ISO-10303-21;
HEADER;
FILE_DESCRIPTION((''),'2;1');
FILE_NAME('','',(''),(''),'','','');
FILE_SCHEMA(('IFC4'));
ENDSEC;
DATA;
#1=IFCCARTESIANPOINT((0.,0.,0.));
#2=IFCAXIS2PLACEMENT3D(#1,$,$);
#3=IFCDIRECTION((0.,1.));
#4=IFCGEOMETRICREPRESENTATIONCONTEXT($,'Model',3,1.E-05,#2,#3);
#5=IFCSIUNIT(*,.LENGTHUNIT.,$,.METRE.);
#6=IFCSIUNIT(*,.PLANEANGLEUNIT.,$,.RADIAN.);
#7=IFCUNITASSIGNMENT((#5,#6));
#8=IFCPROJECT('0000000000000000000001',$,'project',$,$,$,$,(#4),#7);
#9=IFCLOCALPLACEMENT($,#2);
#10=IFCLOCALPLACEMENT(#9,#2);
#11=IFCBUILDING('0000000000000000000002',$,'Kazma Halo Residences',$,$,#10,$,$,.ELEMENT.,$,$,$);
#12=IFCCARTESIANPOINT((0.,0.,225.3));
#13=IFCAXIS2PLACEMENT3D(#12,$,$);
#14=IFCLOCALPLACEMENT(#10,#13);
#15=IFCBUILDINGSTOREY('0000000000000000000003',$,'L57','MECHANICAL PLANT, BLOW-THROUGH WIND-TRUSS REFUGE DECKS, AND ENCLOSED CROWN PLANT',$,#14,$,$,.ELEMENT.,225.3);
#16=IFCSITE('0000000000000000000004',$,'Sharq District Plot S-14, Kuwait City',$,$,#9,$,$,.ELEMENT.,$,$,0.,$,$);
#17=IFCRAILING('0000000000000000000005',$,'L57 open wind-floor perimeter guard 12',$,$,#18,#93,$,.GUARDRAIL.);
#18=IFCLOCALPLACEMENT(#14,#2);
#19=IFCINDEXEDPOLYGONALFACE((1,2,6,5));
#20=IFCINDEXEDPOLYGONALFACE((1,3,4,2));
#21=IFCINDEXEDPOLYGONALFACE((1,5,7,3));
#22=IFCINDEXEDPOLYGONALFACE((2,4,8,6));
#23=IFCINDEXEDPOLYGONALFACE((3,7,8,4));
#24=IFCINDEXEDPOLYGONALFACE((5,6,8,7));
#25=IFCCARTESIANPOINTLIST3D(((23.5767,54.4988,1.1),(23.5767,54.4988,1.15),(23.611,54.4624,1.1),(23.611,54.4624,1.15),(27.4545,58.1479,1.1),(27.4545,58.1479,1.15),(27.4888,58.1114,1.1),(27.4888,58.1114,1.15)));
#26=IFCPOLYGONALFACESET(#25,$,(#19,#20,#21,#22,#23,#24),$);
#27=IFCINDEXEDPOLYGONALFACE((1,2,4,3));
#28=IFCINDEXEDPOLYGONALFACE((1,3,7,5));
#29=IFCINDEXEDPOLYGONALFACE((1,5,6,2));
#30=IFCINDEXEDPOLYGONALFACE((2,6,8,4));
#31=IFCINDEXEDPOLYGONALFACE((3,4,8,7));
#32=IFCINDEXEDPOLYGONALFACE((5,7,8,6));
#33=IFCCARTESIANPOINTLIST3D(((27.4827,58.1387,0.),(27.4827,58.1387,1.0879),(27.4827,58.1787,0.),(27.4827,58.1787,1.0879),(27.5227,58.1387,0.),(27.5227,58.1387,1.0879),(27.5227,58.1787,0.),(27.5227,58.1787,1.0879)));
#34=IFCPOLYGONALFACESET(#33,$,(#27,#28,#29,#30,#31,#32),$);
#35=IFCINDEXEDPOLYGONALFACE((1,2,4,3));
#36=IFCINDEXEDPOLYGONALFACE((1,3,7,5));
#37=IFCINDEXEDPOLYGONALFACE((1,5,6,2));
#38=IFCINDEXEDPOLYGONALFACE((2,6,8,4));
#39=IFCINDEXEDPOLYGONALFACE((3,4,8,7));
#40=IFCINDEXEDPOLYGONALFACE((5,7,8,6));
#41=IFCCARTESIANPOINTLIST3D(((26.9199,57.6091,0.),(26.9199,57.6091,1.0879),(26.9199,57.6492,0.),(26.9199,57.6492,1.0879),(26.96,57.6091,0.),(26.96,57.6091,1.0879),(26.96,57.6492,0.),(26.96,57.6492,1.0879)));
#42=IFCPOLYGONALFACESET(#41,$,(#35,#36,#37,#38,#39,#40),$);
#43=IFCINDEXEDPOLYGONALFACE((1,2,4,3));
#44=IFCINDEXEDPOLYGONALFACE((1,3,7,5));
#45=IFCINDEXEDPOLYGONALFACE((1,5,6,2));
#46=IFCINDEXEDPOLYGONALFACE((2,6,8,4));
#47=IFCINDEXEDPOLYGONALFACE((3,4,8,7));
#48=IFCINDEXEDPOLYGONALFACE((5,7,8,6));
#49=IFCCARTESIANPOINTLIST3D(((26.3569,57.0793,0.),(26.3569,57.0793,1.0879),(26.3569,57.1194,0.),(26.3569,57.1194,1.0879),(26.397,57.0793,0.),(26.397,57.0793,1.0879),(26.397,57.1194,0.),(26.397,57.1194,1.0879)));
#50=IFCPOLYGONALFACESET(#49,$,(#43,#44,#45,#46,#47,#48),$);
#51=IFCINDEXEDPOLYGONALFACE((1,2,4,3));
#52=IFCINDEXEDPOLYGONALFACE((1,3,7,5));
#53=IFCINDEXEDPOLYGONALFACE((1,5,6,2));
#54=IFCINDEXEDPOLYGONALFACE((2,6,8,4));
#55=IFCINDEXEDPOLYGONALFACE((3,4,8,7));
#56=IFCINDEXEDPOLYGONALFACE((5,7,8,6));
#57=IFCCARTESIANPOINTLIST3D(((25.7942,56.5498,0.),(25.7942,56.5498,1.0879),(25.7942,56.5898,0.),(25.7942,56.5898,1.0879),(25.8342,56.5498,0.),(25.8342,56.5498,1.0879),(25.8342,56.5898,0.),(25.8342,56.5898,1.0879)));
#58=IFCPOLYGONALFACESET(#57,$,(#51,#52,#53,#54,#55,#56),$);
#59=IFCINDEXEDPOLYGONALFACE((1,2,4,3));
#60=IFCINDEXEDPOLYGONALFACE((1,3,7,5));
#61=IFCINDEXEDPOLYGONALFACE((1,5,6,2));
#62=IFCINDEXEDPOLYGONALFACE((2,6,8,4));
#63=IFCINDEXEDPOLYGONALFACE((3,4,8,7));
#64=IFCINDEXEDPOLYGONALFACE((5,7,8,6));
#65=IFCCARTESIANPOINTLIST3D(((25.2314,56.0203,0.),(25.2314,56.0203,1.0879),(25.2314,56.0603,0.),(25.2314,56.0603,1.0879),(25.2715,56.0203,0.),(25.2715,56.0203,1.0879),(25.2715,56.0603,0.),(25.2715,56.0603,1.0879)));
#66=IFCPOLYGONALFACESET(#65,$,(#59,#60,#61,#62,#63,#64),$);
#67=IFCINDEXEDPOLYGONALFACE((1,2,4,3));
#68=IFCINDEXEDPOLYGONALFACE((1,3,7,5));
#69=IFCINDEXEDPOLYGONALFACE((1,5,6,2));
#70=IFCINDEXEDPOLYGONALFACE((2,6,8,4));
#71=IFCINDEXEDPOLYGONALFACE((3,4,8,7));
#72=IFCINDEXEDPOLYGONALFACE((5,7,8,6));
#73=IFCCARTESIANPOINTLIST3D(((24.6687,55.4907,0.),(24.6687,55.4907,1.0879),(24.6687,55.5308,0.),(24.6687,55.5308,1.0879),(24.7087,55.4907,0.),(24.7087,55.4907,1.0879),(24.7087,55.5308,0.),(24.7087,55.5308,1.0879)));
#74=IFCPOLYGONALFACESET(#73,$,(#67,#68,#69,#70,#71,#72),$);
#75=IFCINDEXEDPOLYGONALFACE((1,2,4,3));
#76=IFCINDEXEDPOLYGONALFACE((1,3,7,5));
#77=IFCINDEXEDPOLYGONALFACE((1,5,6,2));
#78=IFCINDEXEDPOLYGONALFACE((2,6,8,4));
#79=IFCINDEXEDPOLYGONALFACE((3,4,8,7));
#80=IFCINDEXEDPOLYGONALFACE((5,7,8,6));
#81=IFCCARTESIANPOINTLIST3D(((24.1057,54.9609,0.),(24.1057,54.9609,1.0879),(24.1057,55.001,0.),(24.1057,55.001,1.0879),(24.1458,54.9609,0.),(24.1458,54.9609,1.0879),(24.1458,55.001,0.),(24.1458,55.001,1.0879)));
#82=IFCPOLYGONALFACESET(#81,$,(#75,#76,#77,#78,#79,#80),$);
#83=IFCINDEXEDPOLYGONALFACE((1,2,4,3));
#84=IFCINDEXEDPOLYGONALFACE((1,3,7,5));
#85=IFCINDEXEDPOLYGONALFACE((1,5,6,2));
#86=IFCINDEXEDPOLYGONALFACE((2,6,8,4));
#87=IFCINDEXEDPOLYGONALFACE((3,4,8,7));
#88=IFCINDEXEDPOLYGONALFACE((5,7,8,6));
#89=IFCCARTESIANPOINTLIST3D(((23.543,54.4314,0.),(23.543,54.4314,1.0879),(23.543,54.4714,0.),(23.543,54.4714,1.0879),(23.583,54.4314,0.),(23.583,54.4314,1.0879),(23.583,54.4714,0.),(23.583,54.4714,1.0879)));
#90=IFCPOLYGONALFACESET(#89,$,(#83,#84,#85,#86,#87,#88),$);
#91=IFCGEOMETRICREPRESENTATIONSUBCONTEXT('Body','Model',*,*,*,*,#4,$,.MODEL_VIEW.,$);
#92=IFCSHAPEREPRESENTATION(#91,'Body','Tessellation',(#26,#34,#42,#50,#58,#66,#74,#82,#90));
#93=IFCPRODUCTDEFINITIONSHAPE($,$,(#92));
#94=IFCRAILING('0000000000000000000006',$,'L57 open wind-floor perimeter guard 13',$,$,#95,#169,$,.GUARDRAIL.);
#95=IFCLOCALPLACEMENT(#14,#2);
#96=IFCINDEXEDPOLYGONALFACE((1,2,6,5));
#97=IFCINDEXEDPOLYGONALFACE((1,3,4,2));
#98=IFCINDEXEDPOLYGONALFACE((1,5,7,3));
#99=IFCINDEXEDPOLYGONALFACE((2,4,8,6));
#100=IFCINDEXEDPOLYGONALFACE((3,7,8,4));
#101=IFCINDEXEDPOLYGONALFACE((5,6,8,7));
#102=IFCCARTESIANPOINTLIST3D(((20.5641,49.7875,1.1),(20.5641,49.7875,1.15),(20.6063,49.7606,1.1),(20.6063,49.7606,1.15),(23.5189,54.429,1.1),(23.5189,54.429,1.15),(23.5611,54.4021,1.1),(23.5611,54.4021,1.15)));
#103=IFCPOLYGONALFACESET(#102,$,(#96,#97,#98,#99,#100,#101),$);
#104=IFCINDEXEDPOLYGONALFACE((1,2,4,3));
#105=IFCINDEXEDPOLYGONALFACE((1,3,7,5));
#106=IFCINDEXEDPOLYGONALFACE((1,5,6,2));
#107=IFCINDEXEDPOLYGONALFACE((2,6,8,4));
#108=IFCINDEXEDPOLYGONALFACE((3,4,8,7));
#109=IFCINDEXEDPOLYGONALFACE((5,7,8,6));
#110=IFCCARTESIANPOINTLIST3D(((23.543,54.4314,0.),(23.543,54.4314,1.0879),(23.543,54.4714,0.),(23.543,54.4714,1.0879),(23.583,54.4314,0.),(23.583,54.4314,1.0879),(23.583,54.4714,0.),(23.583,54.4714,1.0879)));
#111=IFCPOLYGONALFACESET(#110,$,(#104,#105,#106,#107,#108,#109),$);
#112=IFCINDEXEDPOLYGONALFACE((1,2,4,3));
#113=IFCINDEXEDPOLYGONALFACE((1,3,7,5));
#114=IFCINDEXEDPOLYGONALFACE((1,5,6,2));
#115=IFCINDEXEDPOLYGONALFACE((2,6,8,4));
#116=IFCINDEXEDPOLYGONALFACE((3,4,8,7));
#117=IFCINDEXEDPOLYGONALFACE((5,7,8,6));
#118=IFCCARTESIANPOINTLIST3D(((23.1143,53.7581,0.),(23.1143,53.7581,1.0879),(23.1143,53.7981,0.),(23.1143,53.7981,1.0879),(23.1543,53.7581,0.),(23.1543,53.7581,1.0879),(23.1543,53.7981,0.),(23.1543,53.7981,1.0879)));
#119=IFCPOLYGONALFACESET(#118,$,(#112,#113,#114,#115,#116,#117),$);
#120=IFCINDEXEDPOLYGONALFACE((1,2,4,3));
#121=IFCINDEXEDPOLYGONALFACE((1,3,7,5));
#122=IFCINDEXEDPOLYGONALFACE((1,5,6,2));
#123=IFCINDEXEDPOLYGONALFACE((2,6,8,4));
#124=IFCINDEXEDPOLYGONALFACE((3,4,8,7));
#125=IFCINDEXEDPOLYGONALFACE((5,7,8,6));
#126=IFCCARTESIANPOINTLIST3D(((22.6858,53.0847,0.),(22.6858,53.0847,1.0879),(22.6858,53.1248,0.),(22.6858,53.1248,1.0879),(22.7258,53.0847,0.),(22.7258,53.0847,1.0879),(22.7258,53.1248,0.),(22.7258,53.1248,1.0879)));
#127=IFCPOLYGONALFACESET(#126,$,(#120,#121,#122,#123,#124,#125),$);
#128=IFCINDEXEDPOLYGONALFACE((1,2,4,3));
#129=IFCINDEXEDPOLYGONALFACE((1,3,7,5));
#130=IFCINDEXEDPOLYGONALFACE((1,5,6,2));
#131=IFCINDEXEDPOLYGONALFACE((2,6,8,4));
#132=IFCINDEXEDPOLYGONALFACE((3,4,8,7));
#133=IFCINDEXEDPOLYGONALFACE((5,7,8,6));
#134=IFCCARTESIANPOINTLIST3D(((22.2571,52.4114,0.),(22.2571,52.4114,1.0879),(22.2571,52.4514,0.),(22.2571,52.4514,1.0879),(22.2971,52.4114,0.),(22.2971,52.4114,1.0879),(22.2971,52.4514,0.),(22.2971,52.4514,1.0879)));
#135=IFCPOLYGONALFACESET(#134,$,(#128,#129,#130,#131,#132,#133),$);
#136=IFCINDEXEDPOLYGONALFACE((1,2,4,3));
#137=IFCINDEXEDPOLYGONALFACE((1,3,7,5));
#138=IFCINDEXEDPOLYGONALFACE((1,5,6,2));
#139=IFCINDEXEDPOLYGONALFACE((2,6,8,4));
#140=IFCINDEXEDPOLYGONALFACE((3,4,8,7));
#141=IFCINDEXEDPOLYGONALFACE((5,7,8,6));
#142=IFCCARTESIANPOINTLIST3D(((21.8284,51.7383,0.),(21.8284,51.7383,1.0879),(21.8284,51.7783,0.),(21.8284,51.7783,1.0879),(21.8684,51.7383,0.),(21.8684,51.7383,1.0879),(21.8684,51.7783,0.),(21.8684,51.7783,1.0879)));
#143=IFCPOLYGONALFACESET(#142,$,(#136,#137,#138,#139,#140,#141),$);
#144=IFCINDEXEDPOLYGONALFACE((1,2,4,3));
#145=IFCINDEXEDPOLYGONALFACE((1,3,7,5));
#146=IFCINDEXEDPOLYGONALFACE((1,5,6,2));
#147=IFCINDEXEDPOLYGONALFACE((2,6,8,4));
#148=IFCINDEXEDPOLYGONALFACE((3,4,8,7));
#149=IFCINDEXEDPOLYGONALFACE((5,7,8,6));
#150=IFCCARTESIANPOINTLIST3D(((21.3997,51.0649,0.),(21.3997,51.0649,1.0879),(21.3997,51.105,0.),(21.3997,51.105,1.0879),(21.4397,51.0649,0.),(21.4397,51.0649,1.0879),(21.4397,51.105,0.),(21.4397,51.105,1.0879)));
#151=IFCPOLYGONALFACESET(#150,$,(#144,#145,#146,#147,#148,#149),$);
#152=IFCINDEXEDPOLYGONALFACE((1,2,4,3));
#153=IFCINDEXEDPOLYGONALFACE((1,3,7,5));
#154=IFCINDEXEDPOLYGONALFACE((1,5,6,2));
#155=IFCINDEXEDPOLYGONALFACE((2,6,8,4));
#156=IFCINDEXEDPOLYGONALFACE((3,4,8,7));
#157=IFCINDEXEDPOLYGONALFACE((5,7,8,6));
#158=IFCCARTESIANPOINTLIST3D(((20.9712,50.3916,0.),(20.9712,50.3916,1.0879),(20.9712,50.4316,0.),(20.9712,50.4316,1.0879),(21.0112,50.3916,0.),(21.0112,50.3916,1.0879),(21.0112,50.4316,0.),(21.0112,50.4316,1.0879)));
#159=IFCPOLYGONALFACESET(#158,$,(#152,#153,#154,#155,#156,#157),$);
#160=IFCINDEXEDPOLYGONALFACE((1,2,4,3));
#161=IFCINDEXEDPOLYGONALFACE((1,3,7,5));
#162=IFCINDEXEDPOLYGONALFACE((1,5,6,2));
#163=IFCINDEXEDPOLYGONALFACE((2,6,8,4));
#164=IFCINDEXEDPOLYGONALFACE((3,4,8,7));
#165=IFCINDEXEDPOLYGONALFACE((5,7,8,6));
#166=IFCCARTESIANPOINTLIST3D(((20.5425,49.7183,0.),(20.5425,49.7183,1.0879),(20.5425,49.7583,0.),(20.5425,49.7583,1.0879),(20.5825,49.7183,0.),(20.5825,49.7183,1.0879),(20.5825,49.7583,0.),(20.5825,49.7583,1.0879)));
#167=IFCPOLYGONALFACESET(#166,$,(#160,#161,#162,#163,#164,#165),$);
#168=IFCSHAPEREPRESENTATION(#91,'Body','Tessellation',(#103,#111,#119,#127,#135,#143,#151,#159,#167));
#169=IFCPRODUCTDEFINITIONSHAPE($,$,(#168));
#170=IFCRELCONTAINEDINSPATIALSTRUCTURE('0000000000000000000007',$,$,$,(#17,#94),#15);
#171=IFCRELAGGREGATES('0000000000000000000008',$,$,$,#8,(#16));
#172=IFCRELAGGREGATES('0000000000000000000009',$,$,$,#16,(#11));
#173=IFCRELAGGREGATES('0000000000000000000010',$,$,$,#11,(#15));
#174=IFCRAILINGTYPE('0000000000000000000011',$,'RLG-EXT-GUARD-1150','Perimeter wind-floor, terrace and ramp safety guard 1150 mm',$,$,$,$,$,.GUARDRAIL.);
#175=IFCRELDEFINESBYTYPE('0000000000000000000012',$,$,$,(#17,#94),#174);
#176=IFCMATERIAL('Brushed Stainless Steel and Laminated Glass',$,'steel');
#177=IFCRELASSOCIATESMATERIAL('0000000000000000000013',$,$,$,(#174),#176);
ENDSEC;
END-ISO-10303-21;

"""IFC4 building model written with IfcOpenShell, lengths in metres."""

from ifc_helpers import new_model, si_unit, direction, frame, origin, origin_2d, place, context, subcontext, project, spatial, rectangle, extrude, material, type_object, element, save


model = new_model("IFC4")

# Units and contexts
model_context = context("Model", 3, precision=1e-05, world=origin(), true_north=direction((0.0, 1.0)))
body_context = subcontext(model_context, "Body", "Model", "MODEL_VIEW")
ifc_project = project(units=[si_unit("LENGTHUNIT", "METRE"), si_unit("PLANEANGLEUNIT", "RADIAN")], contexts=[model_context])

# Site, building, storey
site_placement = place(None, origin())
site = spatial("IfcSite", under=ifc_project, at=site_placement, Name="Sharq District Plot S-14, Kuwait City", CompositionType="ELEMENT", RefElevation=0.0)
building_placement = place(site_placement, origin())
building = spatial("IfcBuilding", under=site, at=building_placement, Name="Kazma Halo Residences", CompositionType="ELEMENT")
storey_placement = place(building_placement, frame((0.0, 0.0, 225.3)))
storey = spatial("IfcBuildingStorey", under=building, at=storey_placement, Name="L57", Description="MECHANICAL PLANT, BLOW-THROUGH WIND-TRUSS REFUGE DECKS, AND ENCLOSED CROWN PLANT", CompositionType="ELEMENT", Elevation=225.3)

# Railings
ifc_material_1 = material(Name="Brushed Stainless Steel and Laminated Glass", Category="steel")
railing_type = type_object("IfcRailingType", Name="RLG-EXT-GUARD-1150", Description="Perimeter wind-floor, terrace and ramp safety guard 1150 mm", PredefinedType="GUARDRAIL", material=ifc_material_1)
railing_1_placement = place(storey_placement, frame((27.5027, 58.1587, 0.0)))
element("IfcRailing", 1, at=railing_1_placement, inside=storey, type_object=railing_type, Name="L57 open wind-floor perimeter guard 12", PredefinedType="GUARDRAIL", context=body_context, shape_type="SweptSolid", body=[
    extrude(rectangle(XDim=0.05, YDim=0.05, at=origin_2d()), frame((-0.031, -0.0291, 1.125), z_axis=(-0.728262, -0.685299, 0.0), x_axis=(0.685299, -0.728262, 0.0)), (0.0, 0.0, 1.0), 5.3247),
    extrude(rectangle(XDim=0.04, YDim=0.04, at=origin_2d()), origin(), (0.0, 0.0, 1.0), 1.0879),
    extrude(rectangle(XDim=0.04, YDim=0.04, at=origin_2d()), frame((-0.5627, -0.5295, 0.0)), (0.0, 0.0, 1.0), 1.0879),
    extrude(rectangle(XDim=0.04, YDim=0.04, at=origin_2d()), frame((-1.1257, -1.0593, 0.0)), (0.0, 0.0, 1.0), 1.0879),
    extrude(rectangle(XDim=0.04, YDim=0.04, at=origin_2d()), frame((-1.6885, -1.5889, 0.0)), (0.0, 0.0, 1.0), 1.0879),
    extrude(rectangle(XDim=0.04, YDim=0.04, at=origin_2d()), frame((-2.2512, -2.1184, 0.0)), (0.0, 0.0, 1.0), 1.0879),
    extrude(rectangle(XDim=0.04, YDim=0.04, at=origin_2d()), frame((-2.814, -2.6479, 0.0)), (0.0, 0.0, 1.0), 1.0879),
    extrude(rectangle(XDim=0.04, YDim=0.04, at=origin_2d()), frame((-3.377, -3.1777, 0.0)), (0.0, 0.0, 1.0), 1.0879),
    extrude(rectangle(XDim=0.04, YDim=0.04, at=origin_2d()), frame((-3.9397, -3.7073, 0.0)), (0.0, 0.0, 1.0), 1.0879),
])
railing_2_placement = place(storey_placement, frame((23.563, 54.4514, 0.0)))
element("IfcRailing", 2, at=railing_2_placement, inside=storey, type_object=railing_type, Name="L57 open wind-floor perimeter guard 13", PredefinedType="GUARDRAIL", context=body_context, shape_type="SweptSolid", body=[
    extrude(rectangle(XDim=0.05, YDim=0.05, at=origin_2d()), frame((-0.0229, -0.0359, 1.125), z_axis=(-0.537031, -0.843563, 0.0), x_axis=(0.843563, -0.537031, 0.0)), (0.0, 0.0, 1.0), 5.5022),
    extrude(rectangle(XDim=0.04, YDim=0.04, at=origin_2d()), origin(), (0.0, 0.0, 1.0), 1.0879),
    extrude(rectangle(XDim=0.04, YDim=0.04, at=origin_2d()), frame((-0.4287, -0.6733, 0.0)), (0.0, 0.0, 1.0), 1.0879),
    extrude(rectangle(XDim=0.04, YDim=0.04, at=origin_2d()), frame((-0.8572, -1.3467, 0.0)), (0.0, 0.0, 1.0), 1.0879),
    extrude(rectangle(XDim=0.04, YDim=0.04, at=origin_2d()), frame((-1.2859, -2.02, 0.0)), (0.0, 0.0, 1.0), 1.0879),
    extrude(rectangle(XDim=0.04, YDim=0.04, at=origin_2d()), frame((-1.7146, -2.6931, 0.0)), (0.0, 0.0, 1.0), 1.0879),
    extrude(rectangle(XDim=0.04, YDim=0.04, at=origin_2d()), frame((-2.1433, -3.3665, 0.0)), (0.0, 0.0, 1.0), 1.0879),
    extrude(rectangle(XDim=0.04, YDim=0.04, at=origin_2d()), frame((-2.5718, -4.0398, 0.0)), (0.0, 0.0, 1.0), 1.0879),
    extrude(rectangle(XDim=0.04, YDim=0.04, at=origin_2d()), frame((-3.0005, -4.7131, 0.0)), (0.0, 0.0, 1.0), 1.0879),
])

save(model, "model.ifc")
